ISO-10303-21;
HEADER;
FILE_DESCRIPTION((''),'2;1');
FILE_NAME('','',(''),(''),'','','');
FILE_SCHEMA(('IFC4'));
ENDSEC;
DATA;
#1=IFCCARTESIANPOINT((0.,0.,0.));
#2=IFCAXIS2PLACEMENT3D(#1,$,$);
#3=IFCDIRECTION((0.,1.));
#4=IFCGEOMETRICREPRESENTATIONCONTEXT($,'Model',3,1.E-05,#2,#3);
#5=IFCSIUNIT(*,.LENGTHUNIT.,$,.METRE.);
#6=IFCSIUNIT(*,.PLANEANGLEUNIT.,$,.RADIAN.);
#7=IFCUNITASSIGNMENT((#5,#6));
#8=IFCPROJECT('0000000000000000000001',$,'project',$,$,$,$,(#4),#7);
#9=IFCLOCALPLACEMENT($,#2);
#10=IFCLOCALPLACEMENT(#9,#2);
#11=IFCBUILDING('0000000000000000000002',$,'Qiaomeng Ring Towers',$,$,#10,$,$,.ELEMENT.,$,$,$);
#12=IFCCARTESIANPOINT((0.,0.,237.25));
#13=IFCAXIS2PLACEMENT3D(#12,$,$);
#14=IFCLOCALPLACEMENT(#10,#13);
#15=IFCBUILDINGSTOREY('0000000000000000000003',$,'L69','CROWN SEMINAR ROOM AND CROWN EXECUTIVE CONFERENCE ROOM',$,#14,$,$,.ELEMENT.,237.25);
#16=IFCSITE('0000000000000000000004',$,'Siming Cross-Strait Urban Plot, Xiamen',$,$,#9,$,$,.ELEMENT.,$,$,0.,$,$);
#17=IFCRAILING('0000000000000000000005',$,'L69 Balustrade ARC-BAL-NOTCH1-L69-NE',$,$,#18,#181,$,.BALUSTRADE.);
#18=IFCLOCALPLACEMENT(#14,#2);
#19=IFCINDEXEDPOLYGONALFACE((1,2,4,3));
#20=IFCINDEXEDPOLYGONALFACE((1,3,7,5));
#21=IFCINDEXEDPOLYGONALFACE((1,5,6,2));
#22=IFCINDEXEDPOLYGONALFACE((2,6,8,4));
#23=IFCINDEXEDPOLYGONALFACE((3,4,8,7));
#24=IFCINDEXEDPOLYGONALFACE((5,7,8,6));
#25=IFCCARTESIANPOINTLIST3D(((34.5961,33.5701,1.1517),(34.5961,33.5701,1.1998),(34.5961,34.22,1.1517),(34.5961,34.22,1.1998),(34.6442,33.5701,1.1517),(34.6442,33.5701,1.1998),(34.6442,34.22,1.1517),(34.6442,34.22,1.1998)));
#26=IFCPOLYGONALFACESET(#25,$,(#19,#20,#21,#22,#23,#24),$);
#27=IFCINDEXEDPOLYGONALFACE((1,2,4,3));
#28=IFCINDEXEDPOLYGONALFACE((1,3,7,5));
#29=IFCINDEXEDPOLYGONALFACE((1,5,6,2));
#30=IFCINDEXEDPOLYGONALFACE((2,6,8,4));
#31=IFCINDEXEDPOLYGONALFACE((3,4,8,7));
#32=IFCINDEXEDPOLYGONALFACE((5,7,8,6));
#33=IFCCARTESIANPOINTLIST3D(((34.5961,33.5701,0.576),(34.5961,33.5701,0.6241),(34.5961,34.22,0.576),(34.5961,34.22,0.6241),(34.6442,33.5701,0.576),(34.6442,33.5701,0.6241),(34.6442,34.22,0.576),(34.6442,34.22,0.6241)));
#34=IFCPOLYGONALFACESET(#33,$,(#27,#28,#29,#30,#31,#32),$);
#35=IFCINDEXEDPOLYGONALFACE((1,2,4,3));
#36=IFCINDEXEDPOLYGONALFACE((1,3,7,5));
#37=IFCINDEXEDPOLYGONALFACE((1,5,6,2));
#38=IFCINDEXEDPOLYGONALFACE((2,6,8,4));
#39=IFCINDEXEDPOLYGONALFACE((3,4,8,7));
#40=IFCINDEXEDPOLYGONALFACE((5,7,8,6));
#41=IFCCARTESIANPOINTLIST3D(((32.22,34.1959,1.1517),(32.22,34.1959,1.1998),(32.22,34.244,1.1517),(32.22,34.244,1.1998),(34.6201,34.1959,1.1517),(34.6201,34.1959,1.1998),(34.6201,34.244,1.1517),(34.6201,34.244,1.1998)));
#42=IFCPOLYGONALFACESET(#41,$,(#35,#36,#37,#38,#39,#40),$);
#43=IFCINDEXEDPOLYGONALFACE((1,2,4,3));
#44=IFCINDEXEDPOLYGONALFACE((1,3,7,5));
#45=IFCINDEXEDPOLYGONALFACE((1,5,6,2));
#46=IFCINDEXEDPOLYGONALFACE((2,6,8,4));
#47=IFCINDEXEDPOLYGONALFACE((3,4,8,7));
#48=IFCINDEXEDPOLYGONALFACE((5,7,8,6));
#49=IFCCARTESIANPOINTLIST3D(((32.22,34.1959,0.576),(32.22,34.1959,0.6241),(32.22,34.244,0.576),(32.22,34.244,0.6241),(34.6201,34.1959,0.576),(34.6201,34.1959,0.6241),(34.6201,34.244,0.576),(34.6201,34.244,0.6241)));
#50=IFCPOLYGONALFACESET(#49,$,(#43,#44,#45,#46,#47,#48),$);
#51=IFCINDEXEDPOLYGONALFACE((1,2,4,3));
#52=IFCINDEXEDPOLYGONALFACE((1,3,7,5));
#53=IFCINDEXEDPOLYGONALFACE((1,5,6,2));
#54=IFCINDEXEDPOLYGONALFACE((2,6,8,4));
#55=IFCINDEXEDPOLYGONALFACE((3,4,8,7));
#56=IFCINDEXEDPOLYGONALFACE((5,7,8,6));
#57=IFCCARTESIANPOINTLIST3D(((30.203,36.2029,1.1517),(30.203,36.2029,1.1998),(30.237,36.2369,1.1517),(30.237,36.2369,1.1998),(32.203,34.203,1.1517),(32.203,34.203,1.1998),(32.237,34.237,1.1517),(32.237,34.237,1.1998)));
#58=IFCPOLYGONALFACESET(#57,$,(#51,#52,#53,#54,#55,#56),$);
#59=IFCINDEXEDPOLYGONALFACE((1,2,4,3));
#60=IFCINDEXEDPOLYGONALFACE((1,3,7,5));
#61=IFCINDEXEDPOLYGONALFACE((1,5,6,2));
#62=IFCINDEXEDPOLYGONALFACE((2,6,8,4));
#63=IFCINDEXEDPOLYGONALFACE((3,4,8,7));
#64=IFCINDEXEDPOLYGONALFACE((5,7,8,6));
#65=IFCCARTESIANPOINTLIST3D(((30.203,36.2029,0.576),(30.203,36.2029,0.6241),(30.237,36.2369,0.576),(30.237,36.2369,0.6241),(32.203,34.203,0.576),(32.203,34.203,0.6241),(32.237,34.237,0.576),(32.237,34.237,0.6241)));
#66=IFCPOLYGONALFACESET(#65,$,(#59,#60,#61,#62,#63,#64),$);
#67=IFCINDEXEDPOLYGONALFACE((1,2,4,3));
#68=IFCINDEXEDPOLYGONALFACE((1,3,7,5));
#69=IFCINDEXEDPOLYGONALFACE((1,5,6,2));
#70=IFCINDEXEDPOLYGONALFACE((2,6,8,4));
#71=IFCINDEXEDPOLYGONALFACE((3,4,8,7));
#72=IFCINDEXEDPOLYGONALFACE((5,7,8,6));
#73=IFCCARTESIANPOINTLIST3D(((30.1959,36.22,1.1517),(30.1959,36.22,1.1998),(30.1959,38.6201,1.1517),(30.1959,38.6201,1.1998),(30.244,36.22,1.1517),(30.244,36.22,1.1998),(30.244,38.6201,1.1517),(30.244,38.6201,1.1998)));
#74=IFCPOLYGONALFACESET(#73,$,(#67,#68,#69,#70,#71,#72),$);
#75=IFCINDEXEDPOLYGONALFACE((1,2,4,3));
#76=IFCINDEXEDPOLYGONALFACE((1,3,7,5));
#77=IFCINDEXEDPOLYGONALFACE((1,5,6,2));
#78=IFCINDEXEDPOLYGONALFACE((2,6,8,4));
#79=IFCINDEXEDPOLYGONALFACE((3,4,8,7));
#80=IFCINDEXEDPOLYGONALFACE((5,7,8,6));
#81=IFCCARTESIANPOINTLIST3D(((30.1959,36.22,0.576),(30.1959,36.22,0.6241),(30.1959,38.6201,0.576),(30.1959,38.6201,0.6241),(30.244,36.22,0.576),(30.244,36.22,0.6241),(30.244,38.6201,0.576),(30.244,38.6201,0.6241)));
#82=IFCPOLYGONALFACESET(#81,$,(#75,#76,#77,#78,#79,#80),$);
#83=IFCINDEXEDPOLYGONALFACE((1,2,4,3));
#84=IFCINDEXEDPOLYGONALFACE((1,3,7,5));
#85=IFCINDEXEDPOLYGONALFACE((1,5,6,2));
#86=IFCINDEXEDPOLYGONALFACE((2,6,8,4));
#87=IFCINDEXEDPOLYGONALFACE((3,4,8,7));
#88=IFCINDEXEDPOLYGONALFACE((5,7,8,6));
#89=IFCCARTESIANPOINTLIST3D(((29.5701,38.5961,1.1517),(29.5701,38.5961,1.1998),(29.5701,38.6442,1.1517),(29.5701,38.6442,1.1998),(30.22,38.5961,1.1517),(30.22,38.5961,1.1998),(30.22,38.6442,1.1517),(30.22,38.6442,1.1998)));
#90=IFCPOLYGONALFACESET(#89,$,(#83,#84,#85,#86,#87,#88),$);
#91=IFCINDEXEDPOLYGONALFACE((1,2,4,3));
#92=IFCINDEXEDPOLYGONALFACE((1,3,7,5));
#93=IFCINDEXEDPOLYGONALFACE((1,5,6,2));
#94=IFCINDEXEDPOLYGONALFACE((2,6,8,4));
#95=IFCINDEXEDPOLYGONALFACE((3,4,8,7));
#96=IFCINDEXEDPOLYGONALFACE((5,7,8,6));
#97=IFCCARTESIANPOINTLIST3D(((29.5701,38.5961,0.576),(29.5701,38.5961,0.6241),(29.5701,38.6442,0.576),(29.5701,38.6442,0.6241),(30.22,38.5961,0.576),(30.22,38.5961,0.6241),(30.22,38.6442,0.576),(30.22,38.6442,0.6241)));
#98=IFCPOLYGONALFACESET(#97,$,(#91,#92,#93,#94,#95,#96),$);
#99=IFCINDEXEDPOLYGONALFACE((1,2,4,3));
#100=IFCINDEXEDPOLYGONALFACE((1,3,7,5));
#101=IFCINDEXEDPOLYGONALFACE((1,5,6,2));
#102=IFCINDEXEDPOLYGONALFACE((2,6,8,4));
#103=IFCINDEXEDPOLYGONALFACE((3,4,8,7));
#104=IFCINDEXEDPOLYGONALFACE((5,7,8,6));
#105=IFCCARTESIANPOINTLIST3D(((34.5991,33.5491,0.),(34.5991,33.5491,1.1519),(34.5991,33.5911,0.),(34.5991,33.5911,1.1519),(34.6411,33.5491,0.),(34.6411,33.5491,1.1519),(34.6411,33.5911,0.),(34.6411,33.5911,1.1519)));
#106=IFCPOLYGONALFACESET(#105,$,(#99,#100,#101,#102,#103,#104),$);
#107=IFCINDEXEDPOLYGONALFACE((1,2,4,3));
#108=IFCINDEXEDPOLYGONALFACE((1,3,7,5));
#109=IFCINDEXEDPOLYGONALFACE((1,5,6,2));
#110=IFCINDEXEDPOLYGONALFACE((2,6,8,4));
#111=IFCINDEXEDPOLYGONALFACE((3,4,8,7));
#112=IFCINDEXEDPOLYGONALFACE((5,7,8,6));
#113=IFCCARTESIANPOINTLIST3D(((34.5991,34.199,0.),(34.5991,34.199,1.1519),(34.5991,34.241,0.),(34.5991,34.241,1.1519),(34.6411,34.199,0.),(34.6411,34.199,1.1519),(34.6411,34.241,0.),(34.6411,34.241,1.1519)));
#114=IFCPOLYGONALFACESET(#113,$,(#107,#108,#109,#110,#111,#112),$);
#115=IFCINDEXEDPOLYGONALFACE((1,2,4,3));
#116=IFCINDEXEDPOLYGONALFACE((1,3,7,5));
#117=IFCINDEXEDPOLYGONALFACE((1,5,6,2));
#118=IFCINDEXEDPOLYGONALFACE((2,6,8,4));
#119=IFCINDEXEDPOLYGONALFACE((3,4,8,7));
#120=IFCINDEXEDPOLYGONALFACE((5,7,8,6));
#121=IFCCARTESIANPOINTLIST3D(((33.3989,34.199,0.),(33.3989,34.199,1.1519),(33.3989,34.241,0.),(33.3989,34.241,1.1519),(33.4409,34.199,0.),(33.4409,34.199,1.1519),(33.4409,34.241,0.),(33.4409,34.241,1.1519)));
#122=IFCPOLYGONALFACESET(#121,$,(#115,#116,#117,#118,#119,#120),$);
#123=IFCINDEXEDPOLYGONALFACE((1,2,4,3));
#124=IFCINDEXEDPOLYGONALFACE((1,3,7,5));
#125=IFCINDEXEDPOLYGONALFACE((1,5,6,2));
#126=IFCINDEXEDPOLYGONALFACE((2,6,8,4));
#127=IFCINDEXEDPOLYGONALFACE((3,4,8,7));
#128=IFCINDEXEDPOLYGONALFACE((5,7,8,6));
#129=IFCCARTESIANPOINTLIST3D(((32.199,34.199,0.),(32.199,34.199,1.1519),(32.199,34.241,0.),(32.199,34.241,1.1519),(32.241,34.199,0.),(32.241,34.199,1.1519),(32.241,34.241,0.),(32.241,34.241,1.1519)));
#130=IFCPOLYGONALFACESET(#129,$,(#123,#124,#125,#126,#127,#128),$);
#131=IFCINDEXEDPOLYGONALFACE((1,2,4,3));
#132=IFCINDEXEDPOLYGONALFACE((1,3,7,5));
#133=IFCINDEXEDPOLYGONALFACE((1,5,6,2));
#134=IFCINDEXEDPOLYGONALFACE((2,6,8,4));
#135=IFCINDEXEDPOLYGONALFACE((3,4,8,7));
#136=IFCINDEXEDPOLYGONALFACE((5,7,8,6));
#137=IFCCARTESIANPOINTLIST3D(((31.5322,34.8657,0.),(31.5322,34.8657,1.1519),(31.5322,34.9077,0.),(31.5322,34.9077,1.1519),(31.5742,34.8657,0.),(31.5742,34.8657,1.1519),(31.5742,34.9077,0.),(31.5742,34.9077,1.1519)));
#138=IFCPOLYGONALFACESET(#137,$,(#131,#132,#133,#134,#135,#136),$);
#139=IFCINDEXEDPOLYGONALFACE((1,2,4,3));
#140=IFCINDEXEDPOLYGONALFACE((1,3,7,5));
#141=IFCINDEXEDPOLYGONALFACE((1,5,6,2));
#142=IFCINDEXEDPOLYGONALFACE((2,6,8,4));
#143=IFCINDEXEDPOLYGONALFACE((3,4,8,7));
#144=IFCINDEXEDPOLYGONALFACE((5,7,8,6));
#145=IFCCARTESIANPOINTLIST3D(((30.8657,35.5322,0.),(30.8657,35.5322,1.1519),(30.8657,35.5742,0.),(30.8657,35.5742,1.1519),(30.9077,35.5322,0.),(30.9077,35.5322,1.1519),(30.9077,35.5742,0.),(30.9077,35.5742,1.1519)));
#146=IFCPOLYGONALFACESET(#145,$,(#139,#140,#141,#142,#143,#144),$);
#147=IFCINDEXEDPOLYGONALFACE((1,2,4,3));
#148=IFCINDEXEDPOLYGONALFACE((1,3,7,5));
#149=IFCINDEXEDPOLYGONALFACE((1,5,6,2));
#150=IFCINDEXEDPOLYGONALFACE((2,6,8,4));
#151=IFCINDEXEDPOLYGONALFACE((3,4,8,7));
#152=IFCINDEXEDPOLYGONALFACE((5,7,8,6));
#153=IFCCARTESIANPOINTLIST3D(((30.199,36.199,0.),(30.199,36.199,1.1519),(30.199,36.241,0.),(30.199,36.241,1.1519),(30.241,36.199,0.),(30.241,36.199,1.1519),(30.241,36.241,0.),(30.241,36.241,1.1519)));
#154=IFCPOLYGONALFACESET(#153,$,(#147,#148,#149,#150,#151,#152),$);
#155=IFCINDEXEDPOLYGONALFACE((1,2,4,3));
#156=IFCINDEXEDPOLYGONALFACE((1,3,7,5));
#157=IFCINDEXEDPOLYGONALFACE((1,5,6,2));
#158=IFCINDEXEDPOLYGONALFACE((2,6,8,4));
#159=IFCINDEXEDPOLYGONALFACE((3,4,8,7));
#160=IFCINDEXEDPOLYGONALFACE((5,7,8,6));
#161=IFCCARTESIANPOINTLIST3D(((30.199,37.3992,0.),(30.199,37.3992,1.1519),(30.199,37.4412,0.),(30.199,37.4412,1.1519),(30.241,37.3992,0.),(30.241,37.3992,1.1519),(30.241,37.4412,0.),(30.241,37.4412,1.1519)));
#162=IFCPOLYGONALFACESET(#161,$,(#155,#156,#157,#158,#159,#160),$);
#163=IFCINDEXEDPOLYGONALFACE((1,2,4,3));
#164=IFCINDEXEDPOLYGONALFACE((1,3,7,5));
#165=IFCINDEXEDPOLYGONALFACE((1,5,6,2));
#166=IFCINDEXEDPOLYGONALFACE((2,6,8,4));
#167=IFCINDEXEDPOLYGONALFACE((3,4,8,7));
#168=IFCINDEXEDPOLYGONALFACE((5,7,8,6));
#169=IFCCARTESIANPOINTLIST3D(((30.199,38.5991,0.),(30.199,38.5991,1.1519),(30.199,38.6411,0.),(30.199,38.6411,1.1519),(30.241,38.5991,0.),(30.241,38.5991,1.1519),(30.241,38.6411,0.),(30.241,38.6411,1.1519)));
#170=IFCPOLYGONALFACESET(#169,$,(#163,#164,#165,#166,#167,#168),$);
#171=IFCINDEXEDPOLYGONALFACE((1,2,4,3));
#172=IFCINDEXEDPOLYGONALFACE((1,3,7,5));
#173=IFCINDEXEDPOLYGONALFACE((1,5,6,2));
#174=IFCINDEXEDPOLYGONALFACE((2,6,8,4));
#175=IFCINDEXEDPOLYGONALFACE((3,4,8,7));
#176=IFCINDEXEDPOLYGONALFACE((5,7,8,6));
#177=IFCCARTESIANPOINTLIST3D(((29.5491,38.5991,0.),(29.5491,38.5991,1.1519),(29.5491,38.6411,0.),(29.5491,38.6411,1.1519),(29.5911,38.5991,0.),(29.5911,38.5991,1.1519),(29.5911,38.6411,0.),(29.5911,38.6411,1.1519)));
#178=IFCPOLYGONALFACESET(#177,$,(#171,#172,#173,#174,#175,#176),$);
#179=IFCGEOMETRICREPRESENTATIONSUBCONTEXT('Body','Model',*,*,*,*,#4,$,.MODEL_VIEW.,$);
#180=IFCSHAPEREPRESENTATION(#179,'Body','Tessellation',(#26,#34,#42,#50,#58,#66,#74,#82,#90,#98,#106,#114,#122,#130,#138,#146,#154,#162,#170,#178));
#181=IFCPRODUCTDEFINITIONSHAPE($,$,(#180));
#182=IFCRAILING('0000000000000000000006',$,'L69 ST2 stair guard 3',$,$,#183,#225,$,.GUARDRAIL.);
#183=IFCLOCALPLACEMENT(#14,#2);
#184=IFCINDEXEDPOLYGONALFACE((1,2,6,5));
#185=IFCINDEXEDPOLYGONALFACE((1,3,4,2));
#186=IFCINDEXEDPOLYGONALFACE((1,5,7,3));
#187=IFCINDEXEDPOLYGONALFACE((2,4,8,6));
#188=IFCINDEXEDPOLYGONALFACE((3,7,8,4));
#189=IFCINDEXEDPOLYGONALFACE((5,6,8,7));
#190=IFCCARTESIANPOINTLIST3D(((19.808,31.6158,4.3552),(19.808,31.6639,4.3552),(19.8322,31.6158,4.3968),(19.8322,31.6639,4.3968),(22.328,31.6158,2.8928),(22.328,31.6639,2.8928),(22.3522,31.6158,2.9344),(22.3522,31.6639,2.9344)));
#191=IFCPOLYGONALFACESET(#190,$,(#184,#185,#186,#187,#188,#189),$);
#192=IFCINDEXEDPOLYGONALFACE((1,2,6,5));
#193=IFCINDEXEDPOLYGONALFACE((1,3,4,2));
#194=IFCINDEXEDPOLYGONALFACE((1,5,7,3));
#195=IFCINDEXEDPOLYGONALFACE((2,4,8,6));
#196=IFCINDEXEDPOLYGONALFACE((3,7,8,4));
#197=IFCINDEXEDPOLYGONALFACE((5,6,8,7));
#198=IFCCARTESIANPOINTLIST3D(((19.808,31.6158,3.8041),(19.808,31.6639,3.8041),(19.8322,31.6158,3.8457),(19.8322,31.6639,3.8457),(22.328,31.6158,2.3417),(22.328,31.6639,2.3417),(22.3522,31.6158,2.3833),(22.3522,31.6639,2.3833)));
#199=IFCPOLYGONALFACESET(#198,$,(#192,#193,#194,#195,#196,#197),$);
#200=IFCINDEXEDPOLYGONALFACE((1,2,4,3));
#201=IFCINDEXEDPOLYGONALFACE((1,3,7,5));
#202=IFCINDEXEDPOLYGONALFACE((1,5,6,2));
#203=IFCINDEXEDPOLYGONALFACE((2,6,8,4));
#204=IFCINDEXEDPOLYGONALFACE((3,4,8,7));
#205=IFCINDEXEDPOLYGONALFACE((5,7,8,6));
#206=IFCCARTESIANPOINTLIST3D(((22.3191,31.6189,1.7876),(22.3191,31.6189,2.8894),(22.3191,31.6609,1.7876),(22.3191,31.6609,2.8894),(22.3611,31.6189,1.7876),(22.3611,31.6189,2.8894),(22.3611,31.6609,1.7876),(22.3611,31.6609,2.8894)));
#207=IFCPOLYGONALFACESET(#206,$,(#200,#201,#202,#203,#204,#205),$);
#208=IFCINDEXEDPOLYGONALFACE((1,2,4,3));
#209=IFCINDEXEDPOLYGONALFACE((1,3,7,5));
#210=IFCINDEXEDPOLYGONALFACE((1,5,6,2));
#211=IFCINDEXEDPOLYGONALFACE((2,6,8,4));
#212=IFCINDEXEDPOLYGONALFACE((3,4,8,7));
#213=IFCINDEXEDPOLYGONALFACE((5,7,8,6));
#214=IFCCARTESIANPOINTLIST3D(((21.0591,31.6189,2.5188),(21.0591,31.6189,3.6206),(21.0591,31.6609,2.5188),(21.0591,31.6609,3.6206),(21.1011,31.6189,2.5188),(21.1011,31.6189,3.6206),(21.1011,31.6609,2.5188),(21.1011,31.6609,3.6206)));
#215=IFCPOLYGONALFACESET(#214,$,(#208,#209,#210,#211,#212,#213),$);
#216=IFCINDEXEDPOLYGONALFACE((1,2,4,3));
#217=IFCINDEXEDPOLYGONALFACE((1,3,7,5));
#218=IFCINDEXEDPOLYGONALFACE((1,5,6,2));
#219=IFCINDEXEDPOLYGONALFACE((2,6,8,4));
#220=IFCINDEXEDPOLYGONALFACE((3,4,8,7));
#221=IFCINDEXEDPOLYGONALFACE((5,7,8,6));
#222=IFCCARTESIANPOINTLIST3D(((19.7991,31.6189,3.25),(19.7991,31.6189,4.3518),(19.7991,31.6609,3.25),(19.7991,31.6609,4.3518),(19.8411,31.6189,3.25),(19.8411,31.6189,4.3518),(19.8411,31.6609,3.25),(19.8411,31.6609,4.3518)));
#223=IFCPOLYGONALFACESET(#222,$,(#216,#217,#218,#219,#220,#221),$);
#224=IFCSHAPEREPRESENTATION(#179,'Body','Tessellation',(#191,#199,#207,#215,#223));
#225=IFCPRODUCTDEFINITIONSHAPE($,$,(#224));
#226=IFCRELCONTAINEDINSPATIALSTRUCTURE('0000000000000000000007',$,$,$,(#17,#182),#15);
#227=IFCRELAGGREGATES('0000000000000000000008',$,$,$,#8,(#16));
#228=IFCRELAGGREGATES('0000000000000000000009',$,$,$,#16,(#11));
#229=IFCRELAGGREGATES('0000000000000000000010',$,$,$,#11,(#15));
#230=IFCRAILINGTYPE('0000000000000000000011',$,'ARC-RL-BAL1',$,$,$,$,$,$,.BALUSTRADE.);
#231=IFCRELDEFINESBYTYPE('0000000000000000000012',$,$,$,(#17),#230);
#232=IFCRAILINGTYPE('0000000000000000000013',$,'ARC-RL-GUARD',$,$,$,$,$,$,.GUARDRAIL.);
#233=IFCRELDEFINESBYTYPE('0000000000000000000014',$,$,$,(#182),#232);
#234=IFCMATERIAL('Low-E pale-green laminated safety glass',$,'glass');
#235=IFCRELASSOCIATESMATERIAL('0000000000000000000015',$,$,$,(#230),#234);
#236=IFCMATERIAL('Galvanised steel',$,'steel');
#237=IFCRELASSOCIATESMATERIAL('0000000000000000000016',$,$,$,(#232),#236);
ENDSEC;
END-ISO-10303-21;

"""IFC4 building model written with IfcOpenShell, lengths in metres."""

from ifc_helpers import new_model, si_unit, direction, frame, origin, origin_2d, place, context, subcontext, project, spatial, rectangle, extrude, material, type_object, element, save


model = new_model("IFC4")

# Units and contexts
model_context = context("Model", 3, precision=1e-05, world=origin(), true_north=direction((0.0, 1.0)))
body_context = subcontext(model_context, "Body", "Model", "MODEL_VIEW")
ifc_project = project(units=[si_unit("LENGTHUNIT", "METRE"), si_unit("PLANEANGLEUNIT", "RADIAN")], contexts=[model_context])

# Site, building, storey
site_placement = place(None, origin())
site = spatial("IfcSite", under=ifc_project, at=site_placement, Name="Siming Cross-Strait Urban Plot, Xiamen", CompositionType="ELEMENT", RefElevation=0.0)
building_placement = place(site_placement, origin())
building = spatial("IfcBuilding", under=site, at=building_placement, Name="Qiaomeng Ring Towers", CompositionType="ELEMENT")
storey_placement = place(building_placement, frame((0.0, 0.0, 237.25)))
storey = spatial("IfcBuildingStorey", under=building, at=storey_placement, Name="L69", Description="CROWN SEMINAR ROOM AND CROWN EXECUTIVE CONFERENCE ROOM", CompositionType="ELEMENT", Elevation=237.25)

# Shared definitions
ifc_material_1 = material(Name="Galvanised steel", Category="steel")

# Railings
ifc_material_2 = material(Name="Low-E pale-green laminated safety glass", Category="glass")
railing_type_1 = type_object("IfcRailingType", Name="ARC-RL-BAL1", PredefinedType="BALUSTRADE", material=ifc_material_2)
railing_1_placement = place(storey_placement, frame((34.6201, 33.5701, 0.0)))
element("IfcRailing", 1, at=railing_1_placement, inside=storey, type_object=railing_type_1, Name="L69 Balustrade ARC-BAL-NOTCH1-L69-NE", PredefinedType="BALUSTRADE", context=body_context, shape_type="SweptSolid", body=[
    extrude(rectangle(XDim=0.0481, YDim=0.0481, at=origin_2d()), frame((0.0, 0.0, 1.1758), z_axis=(0.0, 1.0, 0.0), x_axis=(-1.0, 0.0, 0.0)), (0.0, 0.0, 1.0), 0.6499),
    extrude(rectangle(XDim=0.0481, YDim=0.0481, at=origin_2d()), frame((0.0, 0.0, 0.6001), z_axis=(0.0, 1.0, 0.0), x_axis=(-1.0, 0.0, 0.0)), (0.0, 0.0, 1.0), 0.6499),
    extrude(rectangle(XDim=0.0481, YDim=0.0481, at=origin_2d()), frame((0.0, 0.6499, 1.1758), z_axis=(-1.0, 0.0, 0.0), x_axis=(0.0, -1.0, 0.0)), (0.0, 0.0, 1.0), 2.4001),
    extrude(rectangle(XDim=0.0481, YDim=0.0481, at=origin_2d()), frame((0.0, 0.6499, 0.6001), z_axis=(-1.0, 0.0, 0.0), x_axis=(0.0, -1.0, 0.0)), (0.0, 0.0, 1.0), 2.4001),
    extrude(rectangle(XDim=0.0481, YDim=0.0481, at=origin_2d()), frame((-2.4001, 0.6499, 1.1758), z_axis=(-0.707107, 0.707107, 0.0), x_axis=(-0.707107, -0.707107, 0.0)), (0.0, 0.0, 1.0), 2.8284),
    extrude(rectangle(XDim=0.0481, YDim=0.0481, at=origin_2d()), frame((-2.4001, 0.6499, 0.6001), z_axis=(-0.707107, 0.707107, 0.0), x_axis=(-0.707107, -0.707107, 0.0)), (0.0, 0.0, 1.0), 2.8284),
    extrude(rectangle(XDim=0.0481, YDim=0.0481, at=origin_2d()), frame((-4.4001, 2.6499, 1.1758), z_axis=(0.0, 1.0, 0.0), x_axis=(-1.0, 0.0, 0.0)), (0.0, 0.0, 1.0), 2.4001),
    extrude(rectangle(XDim=0.0481, YDim=0.0481, at=origin_2d()), frame((-4.4001, 2.6499, 0.6001), z_axis=(0.0, 1.0, 0.0), x_axis=(-1.0, 0.0, 0.0)), (0.0, 0.0, 1.0), 2.4001),
    extrude(rectangle(XDim=0.0481, YDim=0.0481, at=origin_2d()), frame((-4.4001, 5.05, 1.1758), z_axis=(-1.0, 0.0, 0.0), x_axis=(0.0, -1.0, 0.0)), (0.0, 0.0, 1.0), 0.6499),
    extrude(rectangle(XDim=0.0481, YDim=0.0481, at=origin_2d()), frame((-4.4001, 5.05, 0.6001), z_axis=(-1.0, 0.0, 0.0), x_axis=(0.0, -1.0, 0.0)), (0.0, 0.0, 1.0), 0.6499),
    extrude(rectangle(XDim=0.042, YDim=0.042, at=origin_2d()), origin(), (0.0, 0.0, 1.0), 1.1519),
    extrude(rectangle(XDim=0.042, YDim=0.042, at=origin_2d()), frame((0.0, 0.6499, 0.0)), (0.0, 0.0, 1.0), 1.1519),
    extrude(rectangle(XDim=0.042, YDim=0.042, at=origin_2d()), frame((-1.2002, 0.6499, 0.0)), (0.0, 0.0, 1.0), 1.1519),
    extrude(rectangle(XDim=0.042, YDim=0.042, at=origin_2d()), frame((-2.4001, 0.6499, 0.0)), (0.0, 0.0, 1.0), 1.1519),
    extrude(rectangle(XDim=0.042, YDim=0.042, at=origin_2d()), frame((-3.0669, 1.3167, 0.0)), (0.0, 0.0, 1.0), 1.1519),
    extrude(rectangle(XDim=0.042, YDim=0.042, at=origin_2d()), frame((-3.7334, 1.9832, 0.0)), (0.0, 0.0, 1.0), 1.1519),
    extrude(rectangle(XDim=0.042, YDim=0.042, at=origin_2d()), frame((-4.4001, 2.6499, 0.0)), (0.0, 0.0, 1.0), 1.1519),
    extrude(rectangle(XDim=0.042, YDim=0.042, at=origin_2d()), frame((-4.4001, 3.8501, 0.0)), (0.0, 0.0, 1.0), 1.1519),
    extrude(rectangle(XDim=0.042, YDim=0.042, at=origin_2d()), frame((-4.4001, 5.05, 0.0)), (0.0, 0.0, 1.0), 1.1519),
    extrude(rectangle(XDim=0.042, YDim=0.042, at=origin_2d()), frame((-5.05, 5.05, 0.0)), (0.0, 0.0, 1.0), 1.1519),
])
railing_type_2 = type_object("IfcRailingType", Name="ARC-RL-GUARD", PredefinedType="GUARDRAIL", material=ifc_material_1)
railing_2_placement = place(storey_placement, frame((22.3401, 31.6399, 1.7876)))
element("IfcRailing", 2, at=railing_2_placement, inside=storey, type_object=railing_type_2, Name="L69 ST2 stair guard 3", PredefinedType="GUARDRAIL", context=body_context, shape_type="SweptSolid", body=[
    extrude(rectangle(XDim=0.0481, YDim=0.0481, at=origin_2d()), frame((0.0, 0.0, 1.126), z_axis=(-0.864913, 0.0, 0.501921), x_axis=(0.0, -1.0, 0.0)), (0.0, 0.0, 1.0), 2.9136),
    extrude(rectangle(XDim=0.0481, YDim=0.0481, at=origin_2d()), frame((0.0, 0.0, 0.575), z_axis=(-0.864913, 0.0, 0.501921), x_axis=(0.0, -1.0, 0.0)), (0.0, 0.0, 1.0), 2.9136),
    extrude(rectangle(XDim=0.042, YDim=0.042, at=origin_2d()), origin(), (0.0, 0.0, 1.0), 1.1018),
    extrude(rectangle(XDim=0.042, YDim=0.042, at=origin_2d()), frame((-1.26, 0.0, 0.7312)), (0.0, 0.0, 1.0), 1.1018),
    extrude(rectangle(XDim=0.042, YDim=0.042, at=origin_2d()), frame((-2.52, 0.0, 1.4624)), (0.0, 0.0, 1.0), 1.1018),
])

save(model, "model.ifc")
